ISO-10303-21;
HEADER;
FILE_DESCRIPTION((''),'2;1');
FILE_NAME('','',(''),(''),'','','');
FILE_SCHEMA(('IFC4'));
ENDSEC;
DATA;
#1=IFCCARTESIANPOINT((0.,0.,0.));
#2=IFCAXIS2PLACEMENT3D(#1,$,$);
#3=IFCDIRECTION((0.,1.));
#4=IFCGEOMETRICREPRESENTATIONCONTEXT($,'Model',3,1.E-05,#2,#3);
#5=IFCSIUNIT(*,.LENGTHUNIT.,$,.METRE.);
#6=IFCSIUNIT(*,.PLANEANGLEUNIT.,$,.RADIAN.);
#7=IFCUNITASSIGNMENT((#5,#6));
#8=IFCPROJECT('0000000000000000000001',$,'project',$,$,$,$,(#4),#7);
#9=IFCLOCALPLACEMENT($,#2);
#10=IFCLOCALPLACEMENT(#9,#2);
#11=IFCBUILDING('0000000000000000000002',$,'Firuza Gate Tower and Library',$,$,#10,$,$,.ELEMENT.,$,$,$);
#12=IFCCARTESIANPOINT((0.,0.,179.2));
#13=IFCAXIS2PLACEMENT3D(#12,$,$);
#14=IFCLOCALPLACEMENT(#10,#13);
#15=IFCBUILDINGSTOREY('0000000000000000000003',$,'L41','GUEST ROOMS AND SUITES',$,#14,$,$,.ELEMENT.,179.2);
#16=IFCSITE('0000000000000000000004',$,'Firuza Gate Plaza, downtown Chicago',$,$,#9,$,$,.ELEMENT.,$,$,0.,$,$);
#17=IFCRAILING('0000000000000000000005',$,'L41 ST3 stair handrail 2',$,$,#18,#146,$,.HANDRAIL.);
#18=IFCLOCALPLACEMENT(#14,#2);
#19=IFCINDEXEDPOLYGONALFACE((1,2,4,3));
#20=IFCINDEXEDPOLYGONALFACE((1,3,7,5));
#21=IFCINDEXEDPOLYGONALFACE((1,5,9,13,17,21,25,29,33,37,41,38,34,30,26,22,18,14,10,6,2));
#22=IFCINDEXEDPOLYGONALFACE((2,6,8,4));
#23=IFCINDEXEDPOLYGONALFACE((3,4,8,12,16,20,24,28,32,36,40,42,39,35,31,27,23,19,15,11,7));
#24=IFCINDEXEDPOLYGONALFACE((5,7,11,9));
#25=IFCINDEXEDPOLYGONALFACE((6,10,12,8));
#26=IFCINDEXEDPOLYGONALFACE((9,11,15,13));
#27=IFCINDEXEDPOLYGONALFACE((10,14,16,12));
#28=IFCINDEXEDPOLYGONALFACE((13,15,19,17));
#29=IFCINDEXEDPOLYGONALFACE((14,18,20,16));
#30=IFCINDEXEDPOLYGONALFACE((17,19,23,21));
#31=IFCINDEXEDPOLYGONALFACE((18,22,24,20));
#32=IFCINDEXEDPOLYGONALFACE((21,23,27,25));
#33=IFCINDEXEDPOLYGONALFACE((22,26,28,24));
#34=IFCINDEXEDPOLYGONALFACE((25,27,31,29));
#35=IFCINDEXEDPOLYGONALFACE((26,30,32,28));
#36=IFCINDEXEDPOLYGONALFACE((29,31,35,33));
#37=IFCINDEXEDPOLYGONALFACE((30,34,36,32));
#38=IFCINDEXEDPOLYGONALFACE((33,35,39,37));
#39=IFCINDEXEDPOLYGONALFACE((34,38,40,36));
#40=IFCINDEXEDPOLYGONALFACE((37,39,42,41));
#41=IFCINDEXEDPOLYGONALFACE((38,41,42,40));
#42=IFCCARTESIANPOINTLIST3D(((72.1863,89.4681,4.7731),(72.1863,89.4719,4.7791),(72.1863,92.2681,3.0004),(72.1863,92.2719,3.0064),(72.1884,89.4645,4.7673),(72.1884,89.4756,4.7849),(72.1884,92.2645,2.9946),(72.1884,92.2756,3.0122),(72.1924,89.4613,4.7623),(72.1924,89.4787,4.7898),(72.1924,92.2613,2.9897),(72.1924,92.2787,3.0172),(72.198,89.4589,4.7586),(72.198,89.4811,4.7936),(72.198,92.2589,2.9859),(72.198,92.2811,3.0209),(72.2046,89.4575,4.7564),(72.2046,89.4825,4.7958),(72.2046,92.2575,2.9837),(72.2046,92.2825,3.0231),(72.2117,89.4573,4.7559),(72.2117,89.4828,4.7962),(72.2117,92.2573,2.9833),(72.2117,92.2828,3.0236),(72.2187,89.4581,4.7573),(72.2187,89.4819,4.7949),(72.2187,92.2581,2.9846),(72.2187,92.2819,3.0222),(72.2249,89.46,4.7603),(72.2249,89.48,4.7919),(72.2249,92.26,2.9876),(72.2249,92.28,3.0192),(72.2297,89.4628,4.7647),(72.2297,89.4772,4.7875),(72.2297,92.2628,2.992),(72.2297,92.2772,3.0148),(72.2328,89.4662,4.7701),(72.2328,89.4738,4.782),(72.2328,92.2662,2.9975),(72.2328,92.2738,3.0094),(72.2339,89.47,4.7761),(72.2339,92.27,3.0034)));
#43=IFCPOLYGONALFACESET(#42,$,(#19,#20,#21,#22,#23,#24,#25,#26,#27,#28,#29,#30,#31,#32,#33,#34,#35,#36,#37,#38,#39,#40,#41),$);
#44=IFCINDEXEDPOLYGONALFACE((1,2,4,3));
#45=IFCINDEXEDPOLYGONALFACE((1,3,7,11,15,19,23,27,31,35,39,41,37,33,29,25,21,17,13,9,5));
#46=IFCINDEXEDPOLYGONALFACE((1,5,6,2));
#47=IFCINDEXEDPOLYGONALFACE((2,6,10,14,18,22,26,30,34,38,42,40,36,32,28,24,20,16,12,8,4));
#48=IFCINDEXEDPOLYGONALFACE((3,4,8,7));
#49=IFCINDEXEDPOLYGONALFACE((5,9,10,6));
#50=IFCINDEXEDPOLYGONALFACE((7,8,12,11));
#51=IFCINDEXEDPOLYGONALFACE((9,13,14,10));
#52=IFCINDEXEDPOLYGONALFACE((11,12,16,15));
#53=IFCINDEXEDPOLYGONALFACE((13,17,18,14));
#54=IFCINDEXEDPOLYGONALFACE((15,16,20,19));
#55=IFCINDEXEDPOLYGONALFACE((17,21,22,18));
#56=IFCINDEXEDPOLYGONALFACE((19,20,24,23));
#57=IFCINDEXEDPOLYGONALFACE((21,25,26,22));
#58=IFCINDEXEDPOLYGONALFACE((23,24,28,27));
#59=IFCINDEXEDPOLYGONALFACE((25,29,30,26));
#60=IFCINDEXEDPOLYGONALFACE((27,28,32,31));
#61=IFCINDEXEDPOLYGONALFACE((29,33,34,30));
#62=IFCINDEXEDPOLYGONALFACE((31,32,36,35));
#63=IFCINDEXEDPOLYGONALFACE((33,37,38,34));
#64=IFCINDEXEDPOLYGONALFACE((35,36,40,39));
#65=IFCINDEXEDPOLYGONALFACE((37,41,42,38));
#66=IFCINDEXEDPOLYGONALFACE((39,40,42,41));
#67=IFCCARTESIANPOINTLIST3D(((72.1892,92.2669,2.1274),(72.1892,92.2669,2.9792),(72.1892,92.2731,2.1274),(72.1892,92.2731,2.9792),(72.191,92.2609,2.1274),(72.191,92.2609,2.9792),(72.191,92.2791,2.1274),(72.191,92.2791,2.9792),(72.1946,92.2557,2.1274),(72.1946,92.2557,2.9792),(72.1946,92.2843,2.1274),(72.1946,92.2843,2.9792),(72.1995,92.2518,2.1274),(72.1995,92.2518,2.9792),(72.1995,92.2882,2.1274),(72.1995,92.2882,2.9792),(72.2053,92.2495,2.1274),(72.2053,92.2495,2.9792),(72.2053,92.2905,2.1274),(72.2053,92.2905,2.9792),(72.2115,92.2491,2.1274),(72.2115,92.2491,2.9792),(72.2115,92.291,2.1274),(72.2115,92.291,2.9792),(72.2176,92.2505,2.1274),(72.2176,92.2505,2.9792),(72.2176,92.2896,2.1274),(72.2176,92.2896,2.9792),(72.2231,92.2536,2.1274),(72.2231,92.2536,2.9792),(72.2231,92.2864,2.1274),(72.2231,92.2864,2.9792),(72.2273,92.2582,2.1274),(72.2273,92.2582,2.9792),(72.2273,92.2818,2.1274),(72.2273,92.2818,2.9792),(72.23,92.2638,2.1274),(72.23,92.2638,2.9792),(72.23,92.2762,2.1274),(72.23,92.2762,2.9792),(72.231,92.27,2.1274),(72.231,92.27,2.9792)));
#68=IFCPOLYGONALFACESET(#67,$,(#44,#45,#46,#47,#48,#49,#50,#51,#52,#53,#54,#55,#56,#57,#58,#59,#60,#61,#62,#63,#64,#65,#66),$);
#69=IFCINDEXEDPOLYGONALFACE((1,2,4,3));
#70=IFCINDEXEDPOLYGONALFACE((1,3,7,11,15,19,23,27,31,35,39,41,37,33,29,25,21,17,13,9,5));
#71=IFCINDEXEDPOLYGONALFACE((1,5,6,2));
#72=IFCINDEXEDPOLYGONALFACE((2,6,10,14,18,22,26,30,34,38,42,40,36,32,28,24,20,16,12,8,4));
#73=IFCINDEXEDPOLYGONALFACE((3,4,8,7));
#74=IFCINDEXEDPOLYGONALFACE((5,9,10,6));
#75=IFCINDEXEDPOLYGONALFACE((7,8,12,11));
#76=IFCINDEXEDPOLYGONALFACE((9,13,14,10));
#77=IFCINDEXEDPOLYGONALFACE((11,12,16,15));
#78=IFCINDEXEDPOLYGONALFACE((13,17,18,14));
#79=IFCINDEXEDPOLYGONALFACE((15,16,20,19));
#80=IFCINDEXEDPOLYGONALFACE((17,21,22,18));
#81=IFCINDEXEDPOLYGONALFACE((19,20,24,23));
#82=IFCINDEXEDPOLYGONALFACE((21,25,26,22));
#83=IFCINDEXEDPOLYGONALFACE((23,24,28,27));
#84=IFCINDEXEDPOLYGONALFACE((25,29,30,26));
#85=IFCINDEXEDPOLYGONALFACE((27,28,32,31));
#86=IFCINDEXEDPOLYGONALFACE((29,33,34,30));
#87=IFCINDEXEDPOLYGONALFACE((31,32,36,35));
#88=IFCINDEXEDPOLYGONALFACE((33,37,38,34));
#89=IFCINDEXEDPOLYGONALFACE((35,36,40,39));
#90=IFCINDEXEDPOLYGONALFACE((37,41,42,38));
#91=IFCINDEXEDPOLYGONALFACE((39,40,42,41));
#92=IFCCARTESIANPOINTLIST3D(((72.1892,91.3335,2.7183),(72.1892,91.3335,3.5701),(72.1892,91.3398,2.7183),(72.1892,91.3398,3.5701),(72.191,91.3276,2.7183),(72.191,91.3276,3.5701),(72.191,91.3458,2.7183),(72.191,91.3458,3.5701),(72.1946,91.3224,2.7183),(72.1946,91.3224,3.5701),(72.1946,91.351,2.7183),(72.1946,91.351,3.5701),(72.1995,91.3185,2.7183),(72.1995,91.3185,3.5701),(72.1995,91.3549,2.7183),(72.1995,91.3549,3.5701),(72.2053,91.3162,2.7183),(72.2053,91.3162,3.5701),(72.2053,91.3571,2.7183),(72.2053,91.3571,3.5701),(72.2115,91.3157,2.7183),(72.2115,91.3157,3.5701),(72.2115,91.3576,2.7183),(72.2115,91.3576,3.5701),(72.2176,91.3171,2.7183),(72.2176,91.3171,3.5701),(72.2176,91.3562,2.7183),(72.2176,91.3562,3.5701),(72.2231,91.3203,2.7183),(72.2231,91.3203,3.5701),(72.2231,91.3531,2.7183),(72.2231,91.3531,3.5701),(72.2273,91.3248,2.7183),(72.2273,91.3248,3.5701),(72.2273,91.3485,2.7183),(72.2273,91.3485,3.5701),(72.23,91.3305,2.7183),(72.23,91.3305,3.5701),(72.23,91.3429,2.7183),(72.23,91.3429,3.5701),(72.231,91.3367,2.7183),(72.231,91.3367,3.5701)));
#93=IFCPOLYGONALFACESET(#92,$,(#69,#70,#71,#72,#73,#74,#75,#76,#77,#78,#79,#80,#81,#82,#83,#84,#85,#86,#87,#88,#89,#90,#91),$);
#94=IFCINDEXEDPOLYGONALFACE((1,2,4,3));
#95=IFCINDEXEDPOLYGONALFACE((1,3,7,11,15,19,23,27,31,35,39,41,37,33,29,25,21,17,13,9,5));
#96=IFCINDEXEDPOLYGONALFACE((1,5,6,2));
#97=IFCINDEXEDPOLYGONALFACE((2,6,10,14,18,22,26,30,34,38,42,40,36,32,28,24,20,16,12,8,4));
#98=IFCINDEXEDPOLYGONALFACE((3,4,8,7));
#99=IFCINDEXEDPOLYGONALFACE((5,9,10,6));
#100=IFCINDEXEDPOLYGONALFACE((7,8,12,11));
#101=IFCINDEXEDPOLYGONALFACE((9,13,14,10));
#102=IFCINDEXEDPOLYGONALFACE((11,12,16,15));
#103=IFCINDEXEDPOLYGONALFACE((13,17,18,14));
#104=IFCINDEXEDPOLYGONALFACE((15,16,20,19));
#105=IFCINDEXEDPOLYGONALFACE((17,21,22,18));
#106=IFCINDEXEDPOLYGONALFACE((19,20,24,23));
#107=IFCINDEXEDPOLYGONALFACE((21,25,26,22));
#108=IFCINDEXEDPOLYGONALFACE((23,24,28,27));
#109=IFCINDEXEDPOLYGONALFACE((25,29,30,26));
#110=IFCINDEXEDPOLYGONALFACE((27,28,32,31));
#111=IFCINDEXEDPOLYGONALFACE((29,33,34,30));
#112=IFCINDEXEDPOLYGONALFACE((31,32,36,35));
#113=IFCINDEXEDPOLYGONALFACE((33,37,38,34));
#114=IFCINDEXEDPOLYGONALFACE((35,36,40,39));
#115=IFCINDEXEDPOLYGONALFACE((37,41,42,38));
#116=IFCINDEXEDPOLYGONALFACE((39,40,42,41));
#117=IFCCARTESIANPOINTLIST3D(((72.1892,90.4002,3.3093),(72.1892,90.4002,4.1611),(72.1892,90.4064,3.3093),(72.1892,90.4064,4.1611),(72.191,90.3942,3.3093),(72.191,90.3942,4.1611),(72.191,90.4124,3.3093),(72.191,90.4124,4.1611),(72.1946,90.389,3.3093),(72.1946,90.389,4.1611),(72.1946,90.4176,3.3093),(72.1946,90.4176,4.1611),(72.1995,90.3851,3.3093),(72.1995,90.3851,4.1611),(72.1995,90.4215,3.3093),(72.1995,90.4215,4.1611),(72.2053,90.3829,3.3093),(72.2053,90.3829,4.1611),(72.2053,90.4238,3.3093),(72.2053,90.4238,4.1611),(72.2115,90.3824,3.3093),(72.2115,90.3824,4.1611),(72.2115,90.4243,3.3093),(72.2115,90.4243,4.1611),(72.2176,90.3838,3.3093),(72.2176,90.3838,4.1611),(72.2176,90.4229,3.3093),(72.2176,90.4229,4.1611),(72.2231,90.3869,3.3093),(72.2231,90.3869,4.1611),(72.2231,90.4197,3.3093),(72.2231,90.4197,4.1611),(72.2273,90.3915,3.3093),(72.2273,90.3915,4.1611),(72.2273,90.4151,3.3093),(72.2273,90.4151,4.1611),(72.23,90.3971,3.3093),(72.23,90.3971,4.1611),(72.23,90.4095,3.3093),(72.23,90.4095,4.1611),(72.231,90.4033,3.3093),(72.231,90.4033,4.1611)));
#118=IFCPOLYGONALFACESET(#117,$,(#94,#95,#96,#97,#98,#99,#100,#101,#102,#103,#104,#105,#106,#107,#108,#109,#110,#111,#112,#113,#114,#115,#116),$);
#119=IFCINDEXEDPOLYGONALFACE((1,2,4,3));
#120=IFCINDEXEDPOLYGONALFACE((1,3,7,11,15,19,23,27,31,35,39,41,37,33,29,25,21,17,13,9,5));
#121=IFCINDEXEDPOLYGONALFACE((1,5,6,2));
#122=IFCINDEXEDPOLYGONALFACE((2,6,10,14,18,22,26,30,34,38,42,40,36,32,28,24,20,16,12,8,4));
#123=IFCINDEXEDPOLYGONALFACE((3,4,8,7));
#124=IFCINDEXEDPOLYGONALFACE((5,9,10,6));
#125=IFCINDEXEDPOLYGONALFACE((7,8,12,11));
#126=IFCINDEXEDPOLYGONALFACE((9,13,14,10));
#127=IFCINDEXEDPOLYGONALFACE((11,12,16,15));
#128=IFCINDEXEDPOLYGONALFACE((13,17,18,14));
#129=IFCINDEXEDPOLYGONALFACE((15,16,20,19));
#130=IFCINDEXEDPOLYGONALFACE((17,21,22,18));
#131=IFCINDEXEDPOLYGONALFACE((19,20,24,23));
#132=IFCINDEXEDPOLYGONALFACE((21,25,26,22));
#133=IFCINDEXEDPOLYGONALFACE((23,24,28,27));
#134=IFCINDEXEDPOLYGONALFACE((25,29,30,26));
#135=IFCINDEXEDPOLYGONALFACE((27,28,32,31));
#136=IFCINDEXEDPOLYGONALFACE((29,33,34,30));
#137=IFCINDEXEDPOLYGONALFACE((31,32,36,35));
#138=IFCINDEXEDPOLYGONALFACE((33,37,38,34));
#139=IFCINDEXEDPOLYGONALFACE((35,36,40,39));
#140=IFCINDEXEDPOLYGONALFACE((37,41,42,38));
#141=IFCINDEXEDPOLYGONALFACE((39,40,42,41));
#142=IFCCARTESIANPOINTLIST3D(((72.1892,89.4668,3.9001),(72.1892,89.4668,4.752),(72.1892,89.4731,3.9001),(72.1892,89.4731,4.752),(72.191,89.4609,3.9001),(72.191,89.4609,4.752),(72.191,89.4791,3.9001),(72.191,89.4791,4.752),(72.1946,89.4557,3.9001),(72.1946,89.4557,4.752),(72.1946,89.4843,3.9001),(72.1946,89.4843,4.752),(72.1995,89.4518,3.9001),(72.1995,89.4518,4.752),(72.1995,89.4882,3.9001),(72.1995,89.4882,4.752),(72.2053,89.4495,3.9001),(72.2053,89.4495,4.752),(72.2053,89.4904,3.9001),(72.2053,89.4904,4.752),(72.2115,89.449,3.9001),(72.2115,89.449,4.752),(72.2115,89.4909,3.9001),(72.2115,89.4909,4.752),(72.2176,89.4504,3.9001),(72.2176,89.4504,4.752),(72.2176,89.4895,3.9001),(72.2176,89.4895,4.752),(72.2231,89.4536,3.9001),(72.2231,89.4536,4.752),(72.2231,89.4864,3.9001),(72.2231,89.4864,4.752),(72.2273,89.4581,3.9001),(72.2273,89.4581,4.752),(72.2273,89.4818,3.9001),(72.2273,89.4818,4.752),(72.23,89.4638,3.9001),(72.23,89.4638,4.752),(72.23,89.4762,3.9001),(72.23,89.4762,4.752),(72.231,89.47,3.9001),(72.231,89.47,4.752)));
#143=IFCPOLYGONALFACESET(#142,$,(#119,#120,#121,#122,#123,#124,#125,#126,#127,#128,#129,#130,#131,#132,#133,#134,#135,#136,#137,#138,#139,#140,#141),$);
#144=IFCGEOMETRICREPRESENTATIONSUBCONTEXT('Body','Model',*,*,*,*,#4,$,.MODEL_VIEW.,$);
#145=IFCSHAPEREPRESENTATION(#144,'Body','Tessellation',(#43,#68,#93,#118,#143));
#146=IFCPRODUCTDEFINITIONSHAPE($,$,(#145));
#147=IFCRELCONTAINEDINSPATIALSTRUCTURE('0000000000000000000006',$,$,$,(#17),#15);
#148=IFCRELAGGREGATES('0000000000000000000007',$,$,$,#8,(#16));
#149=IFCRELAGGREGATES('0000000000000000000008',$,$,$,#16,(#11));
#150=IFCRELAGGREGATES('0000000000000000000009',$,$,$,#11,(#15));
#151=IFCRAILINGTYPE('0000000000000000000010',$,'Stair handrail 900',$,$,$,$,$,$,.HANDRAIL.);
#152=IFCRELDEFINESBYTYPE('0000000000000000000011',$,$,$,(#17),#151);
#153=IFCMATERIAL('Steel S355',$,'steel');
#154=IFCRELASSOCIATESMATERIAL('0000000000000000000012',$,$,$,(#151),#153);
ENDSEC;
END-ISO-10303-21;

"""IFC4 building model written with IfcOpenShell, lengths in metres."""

from ifc_helpers import new_model, si_unit, direction, frame, origin, origin_2d, place, context, subcontext, project, spatial, circle, extrude, material, type_object, element, save


model = new_model("IFC4")

# Units and contexts
model_context = context("Model", 3, precision=1e-05, world=origin(), true_north=direction((0.0, 1.0)))
body_context = subcontext(model_context, "Body", "Model", "MODEL_VIEW")
ifc_project = project(units=[si_unit("LENGTHUNIT", "METRE"), si_unit("PLANEANGLEUNIT", "RADIAN")], contexts=[model_context])

# Site, building, storey
site_placement = place(None, origin())
site = spatial("IfcSite", under=ifc_project, at=site_placement, Name="Firuza Gate Plaza, downtown Chicago", CompositionType="ELEMENT", RefElevation=0.0)
building_placement = place(site_placement, origin())
building = spatial("IfcBuilding", under=site, at=building_placement, Name="Firuza Gate Tower and Library", CompositionType="ELEMENT")
storey_placement = place(building_placement, frame((0.0, 0.0, 179.2)))
storey = spatial("IfcBuildingStorey", under=building, at=storey_placement, Name="L41", Description="GUEST ROOMS AND SUITES", CompositionType="ELEMENT", Elevation=179.2)

# Railing
ifc_material_1 = material(Name="Steel S355", Category="steel")
railing_type = type_object("IfcRailingType", Name="Stair handrail 900", PredefinedType="HANDRAIL", material=ifc_material_1)
railing_placement = place(storey_placement, frame((72.21, 92.27, 2.1274)))
element("IfcRailing", 1, at=railing_placement, inside=storey, type_object=railing_type, Name="L41 ST3 stair handrail 2", PredefinedType="HANDRAIL", context=body_context, shape_type="SweptSolid", body=[
    extrude(circle(Radius=0.0239, at=origin_2d()), frame((0.0, 0.0, 0.876), z_axis=(0.0, -0.844909, 0.53491), x_axis=(1.0, 0.0, 0.0)), (0.0, 0.0, 1.0), 3.314),
    extrude(circle(Radius=0.021, at=origin_2d()), origin(), (0.0, 0.0, 1.0), 0.8518),
    extrude(circle(Radius=0.021, at=origin_2d()), frame((0.0, -0.9333, 0.5908)), (0.0, 0.0, 1.0), 0.8518),
    extrude(circle(Radius=0.021, at=origin_2d()), frame((0.0, -1.8667, 1.1819)), (0.0, 0.0, 1.0), 0.8518),
    extrude(circle(Radius=0.021, at=origin_2d()), frame((0.0, -2.8, 1.7727)), (0.0, 0.0, 1.0), 0.8518),
])

save(model, "model.ifc")
